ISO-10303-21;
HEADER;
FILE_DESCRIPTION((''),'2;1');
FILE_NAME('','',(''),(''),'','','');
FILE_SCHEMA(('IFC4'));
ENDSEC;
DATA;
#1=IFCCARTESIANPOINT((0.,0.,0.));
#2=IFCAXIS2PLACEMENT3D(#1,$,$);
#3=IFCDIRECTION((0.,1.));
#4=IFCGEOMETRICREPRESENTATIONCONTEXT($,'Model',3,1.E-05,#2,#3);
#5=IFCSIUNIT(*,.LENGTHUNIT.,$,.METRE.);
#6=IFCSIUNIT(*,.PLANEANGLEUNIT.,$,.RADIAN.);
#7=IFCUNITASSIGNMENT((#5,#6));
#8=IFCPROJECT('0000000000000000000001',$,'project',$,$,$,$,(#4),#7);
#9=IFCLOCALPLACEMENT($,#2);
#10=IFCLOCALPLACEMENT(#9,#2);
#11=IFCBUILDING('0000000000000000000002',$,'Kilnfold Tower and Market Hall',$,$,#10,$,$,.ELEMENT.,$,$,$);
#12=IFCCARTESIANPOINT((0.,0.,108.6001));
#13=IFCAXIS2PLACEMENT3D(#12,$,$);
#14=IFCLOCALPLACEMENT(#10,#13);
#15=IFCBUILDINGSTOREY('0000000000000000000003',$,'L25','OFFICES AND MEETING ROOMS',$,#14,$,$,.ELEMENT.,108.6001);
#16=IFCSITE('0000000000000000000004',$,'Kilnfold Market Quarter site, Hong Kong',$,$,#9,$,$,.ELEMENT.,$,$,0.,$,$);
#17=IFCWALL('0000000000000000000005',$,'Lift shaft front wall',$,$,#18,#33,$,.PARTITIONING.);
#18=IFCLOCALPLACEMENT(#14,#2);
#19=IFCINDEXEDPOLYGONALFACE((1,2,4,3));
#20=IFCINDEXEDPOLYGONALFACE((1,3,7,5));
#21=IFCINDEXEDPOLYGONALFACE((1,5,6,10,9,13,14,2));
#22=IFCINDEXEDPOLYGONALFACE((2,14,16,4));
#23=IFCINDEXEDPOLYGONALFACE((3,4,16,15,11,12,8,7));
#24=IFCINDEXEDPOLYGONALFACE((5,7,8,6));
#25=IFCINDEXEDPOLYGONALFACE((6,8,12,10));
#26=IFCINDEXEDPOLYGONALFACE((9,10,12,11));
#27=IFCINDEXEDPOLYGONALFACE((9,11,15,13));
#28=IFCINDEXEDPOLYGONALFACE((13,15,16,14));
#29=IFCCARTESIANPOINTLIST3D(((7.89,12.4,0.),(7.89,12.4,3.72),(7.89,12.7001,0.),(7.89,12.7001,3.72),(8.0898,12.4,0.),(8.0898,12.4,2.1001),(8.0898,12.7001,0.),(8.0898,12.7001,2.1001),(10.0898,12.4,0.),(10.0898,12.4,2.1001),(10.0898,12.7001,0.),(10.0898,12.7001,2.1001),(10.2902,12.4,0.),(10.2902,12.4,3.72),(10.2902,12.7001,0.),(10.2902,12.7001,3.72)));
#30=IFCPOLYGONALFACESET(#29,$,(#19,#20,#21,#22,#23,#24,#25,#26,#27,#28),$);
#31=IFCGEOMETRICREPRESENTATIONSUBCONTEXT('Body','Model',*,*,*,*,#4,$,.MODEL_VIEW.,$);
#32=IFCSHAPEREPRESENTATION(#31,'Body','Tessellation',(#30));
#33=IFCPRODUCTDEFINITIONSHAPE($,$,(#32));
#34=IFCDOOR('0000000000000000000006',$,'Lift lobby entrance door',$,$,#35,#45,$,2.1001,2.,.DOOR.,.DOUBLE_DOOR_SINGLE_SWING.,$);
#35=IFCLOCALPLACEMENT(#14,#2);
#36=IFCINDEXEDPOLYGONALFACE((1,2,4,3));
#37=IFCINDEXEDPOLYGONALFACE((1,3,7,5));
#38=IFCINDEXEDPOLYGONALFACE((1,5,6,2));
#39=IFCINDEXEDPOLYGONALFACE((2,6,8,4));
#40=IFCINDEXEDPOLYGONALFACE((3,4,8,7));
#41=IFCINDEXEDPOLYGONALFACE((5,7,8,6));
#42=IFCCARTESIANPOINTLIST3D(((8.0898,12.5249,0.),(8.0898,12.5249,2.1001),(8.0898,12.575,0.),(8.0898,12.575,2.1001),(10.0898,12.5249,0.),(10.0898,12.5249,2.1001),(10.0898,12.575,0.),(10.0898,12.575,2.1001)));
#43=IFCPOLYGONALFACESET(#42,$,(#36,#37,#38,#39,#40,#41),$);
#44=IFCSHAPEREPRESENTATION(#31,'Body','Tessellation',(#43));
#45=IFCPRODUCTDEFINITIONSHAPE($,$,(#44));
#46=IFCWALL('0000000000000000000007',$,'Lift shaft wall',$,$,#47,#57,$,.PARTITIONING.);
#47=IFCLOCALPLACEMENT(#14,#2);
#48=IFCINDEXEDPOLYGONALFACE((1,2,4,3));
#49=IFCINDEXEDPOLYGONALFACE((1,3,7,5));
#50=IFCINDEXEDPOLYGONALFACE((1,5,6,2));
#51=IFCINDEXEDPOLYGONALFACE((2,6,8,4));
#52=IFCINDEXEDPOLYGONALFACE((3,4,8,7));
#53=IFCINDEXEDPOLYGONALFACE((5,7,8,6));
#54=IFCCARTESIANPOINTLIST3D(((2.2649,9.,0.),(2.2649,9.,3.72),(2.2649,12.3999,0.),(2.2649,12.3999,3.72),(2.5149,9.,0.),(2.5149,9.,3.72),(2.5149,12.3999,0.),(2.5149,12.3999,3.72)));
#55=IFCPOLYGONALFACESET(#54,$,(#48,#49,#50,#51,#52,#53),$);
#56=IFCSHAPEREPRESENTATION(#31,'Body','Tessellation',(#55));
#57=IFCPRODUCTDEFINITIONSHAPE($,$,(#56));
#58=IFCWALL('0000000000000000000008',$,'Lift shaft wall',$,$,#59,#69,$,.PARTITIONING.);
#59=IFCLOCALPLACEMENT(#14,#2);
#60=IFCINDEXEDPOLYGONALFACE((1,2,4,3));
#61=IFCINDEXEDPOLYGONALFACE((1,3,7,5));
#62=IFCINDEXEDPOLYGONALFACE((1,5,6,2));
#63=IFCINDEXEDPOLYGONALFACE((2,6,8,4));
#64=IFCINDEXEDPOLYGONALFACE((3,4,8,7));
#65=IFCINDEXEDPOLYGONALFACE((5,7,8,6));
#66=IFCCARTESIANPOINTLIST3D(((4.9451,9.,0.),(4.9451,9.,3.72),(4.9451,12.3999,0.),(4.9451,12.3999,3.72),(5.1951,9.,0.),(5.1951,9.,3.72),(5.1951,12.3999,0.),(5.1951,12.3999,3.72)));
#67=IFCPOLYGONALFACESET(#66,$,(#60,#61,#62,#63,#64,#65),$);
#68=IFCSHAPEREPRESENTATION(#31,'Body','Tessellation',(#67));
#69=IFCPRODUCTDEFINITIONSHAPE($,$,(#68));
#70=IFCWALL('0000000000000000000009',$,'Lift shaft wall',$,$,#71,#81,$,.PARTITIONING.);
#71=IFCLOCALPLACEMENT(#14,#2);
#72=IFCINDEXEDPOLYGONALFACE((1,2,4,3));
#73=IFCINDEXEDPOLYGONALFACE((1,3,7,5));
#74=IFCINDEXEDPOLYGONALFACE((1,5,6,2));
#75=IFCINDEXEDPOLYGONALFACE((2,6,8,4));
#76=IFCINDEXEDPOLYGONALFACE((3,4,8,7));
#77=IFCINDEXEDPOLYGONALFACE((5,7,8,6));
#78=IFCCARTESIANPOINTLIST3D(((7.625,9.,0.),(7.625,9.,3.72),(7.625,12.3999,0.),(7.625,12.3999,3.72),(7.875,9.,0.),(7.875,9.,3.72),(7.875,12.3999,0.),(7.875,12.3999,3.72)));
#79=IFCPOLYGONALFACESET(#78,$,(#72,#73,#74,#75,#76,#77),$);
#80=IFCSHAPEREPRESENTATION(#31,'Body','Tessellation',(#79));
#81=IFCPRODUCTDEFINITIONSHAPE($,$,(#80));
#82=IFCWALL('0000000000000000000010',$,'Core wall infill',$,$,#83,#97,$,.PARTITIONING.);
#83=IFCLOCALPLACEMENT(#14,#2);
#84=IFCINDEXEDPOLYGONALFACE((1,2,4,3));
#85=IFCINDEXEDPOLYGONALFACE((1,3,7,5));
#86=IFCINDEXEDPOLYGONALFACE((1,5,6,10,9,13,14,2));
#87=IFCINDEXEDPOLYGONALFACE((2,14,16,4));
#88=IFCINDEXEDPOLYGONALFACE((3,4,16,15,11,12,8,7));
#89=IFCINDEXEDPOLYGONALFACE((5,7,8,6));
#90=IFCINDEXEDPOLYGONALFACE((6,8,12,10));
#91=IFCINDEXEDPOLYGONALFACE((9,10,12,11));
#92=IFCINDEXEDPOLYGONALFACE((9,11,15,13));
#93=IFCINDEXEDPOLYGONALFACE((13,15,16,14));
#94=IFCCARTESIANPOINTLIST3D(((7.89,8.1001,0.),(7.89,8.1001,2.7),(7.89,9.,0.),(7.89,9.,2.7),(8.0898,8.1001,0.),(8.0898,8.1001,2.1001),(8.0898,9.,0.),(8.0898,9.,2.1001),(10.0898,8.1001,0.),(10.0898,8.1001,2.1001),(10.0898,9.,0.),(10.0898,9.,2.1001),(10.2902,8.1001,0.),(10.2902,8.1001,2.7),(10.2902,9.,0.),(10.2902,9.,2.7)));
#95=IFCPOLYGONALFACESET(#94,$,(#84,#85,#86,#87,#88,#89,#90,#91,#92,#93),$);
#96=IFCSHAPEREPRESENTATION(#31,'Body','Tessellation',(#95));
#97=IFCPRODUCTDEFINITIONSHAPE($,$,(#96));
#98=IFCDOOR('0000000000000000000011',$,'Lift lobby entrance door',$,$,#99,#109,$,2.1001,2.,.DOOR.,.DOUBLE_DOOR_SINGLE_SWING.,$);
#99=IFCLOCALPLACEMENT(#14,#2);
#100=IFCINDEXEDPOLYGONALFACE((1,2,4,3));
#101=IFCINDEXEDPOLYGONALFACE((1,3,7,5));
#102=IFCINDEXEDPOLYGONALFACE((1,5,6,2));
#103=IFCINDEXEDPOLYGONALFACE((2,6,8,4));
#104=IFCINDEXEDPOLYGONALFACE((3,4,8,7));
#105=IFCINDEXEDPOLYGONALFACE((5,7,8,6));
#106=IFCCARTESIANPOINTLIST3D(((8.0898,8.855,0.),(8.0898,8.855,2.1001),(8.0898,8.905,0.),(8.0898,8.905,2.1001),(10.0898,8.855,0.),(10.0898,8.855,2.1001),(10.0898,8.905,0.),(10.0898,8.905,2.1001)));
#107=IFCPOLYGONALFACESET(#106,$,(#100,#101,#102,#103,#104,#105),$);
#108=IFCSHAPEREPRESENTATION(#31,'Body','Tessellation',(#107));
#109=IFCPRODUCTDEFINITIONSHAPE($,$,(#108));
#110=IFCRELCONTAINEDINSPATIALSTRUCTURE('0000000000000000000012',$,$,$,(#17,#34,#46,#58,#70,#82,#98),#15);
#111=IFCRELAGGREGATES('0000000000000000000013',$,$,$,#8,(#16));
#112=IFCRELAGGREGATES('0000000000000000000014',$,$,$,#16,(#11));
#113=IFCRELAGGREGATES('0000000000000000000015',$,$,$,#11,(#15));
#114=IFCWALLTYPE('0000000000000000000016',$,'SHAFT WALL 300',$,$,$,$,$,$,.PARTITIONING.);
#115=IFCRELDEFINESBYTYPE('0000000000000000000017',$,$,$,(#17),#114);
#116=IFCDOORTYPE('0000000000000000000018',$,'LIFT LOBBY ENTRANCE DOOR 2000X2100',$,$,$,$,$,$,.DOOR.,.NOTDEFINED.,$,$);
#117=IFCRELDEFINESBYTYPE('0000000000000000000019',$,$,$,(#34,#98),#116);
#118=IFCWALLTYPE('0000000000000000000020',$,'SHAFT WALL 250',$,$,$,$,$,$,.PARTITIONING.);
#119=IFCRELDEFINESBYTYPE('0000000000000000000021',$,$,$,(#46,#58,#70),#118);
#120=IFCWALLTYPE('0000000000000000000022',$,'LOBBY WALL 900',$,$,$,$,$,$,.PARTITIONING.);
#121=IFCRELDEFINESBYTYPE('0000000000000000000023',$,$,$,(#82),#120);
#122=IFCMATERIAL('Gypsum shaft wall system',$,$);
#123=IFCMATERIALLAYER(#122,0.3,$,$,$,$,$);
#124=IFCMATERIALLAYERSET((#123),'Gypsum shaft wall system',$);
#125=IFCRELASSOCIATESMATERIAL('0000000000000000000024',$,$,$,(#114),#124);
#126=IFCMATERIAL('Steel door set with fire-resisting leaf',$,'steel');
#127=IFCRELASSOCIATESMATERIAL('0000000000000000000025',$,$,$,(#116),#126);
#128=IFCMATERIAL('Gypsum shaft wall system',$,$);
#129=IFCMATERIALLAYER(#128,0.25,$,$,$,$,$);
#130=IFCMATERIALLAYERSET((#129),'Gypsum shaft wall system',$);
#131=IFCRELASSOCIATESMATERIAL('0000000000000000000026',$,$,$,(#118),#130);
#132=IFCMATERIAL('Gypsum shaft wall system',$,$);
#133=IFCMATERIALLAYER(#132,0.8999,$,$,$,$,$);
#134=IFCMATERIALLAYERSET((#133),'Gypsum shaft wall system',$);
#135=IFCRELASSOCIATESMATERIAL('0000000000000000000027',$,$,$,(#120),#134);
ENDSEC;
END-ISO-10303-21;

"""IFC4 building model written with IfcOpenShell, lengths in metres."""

from ifc_helpers import new_model, si_unit, direction, frame, frame_2d, origin, place, context, subcontext, project, spatial, rectangle, extrude, source, transform, mapped, material, layer, layer_set, type_object, element, fill, save


model = new_model("IFC4")

# Units and contexts
model_context = context("Model", 3, precision=1e-05, world=origin(), true_north=direction((0.0, 1.0)))
body_context = subcontext(model_context, "Body", "Model", "MODEL_VIEW")
ifc_project = project(units=[si_unit("LENGTHUNIT", "METRE"), si_unit("PLANEANGLEUNIT", "RADIAN")], contexts=[model_context])

# Site, building, storey
site_placement = place(None, origin())
site = spatial("IfcSite", under=ifc_project, at=site_placement, Name="Kilnfold Market Quarter site, Hong Kong", CompositionType="ELEMENT", RefElevation=0.0)
building_placement = place(site_placement, origin())
building = spatial("IfcBuilding", under=site, at=building_placement, Name="Kilnfold Tower and Market Hall", CompositionType="ELEMENT")
storey_placement = place(building_placement, frame((0.0, 0.0, 108.6001)))
storey = spatial("IfcBuildingStorey", under=building, at=storey_placement, Name="L25", Description="OFFICES AND MEETING ROOMS", CompositionType="ELEMENT", Elevation=108.6001)

# Shared definitions
ifc_material_1 = material(Name="Gypsum shaft wall system")
ifc_layer_1 = layer(ifc_material_1, 0.3)
ifc_layer_set_1 = layer_set([ifc_layer_1], Name="Gypsum shaft wall system")
wall_type_1 = type_object("IfcWallType", Name="SHAFT WALL 300", PredefinedType="PARTITIONING", material=ifc_layer_set_1)

# Wall, opening, door
shared_shape_1 = source(origin(), body_context, "Body", "SweptSolid", [
    extrude(rectangle(XDim=2.4001, YDim=0.3, at=frame_2d((1.2002, 0.0))), origin(), (0.0, 0.0, 1.0), 3.72),
])
wall_1_placement = place(storey_placement, frame((7.8899, 12.55, 0.0), z_axis=(0.0, 0.0, 1.0), x_axis=(1.0, 0.0, 0.0)))
wall_1 = element("IfcWall", 1, at=wall_1_placement, inside=storey, type_object=wall_type_1, Name="Lift shaft front wall", PredefinedType="PARTITIONING", context=body_context, shape_type="MappedRepresentation", body=[
    mapped(shared_shape_1, transform((0.0, 0.0, 0.0))),
])
opening_1_placement = place(wall_1_placement, frame((0.2, 0.0, 0.0)))
opening_1 = element("IfcOpeningElement", 2, at=opening_1_placement, cuts=wall_1, PredefinedType="OPENING", context=body_context, shape_type="SweptSolid", body=[
    extrude(rectangle(XDim=2.0, YDim=2.1001, at=frame_2d((1.0, 1.05))), frame((0.0, 0.1602, 0.0), z_axis=(0.0, -1.0, 0.0), x_axis=(1.0, 0.0, 0.0)), (0.0, 0.0, 1.0), 0.3201),
])
ifc_material_2 = material(Name="Steel door set with fire-resisting leaf", Category="steel")
door_type_1 = type_object("IfcDoorType", Name="LIFT LOBBY ENTRANCE DOOR 2000X2100", OperationType="NOTDEFINED", PredefinedType="DOOR", material=ifc_material_2)
door_1_placement = place(opening_1_placement, origin())
door_1 = element("IfcDoor", 3, at=door_1_placement, inside=storey, type_object=door_type_1, Name="Lift lobby entrance door", OperationType="DOUBLE_DOOR_SINGLE_SWING", OverallHeight=2.1001, OverallWidth=2.0, PredefinedType="DOOR", context=body_context, shape_type="SweptSolid", body=[
    extrude(rectangle(XDim=2.0, YDim=2.1001, at=frame_2d((1.0, 1.05))), frame((0.0, 0.0249, 0.0), z_axis=(0.0, -1.0, 0.0), x_axis=(1.0, 0.0, 0.0)), (0.0, 0.0, 1.0), 0.05),
])
fill(opening_1, door_1)

# Walls
ifc_material_3 = material(Name="Gypsum shaft wall system")
ifc_layer_2 = layer(ifc_material_3, 0.25)
ifc_layer_set_2 = layer_set([ifc_layer_2], Name="Gypsum shaft wall system")
wall_type_2 = type_object("IfcWallType", Name="SHAFT WALL 250", PredefinedType="PARTITIONING", material=ifc_layer_set_2)
shared_shape_2 = source(origin(), body_context, "Body", "SweptSolid", [
    extrude(rectangle(XDim=3.3999, YDim=0.25, at=frame_2d((1.7, 0.0))), origin(), (0.0, 0.0, 1.0), 3.72),
])
for number, where, z_axis, x_axis, name in (
    (4, (2.3899, 9.0, 0.0), (0.0, 0.0, 1.0), (0.0, 1.0, 0.0), "Lift shaft wall"),
    (5, (5.0701, 9.0, 0.0), (0.0, 0.0, 1.0), (0.0, 1.0, 0.0), "Lift shaft wall"),
    (6, (7.75, 9.0, 0.0), (0.0, 0.0, 1.0), (0.0, 1.0, 0.0), "Lift shaft wall"),
):
    element("IfcWall", number, at=place(storey_placement, frame(where, z_axis=z_axis, x_axis=x_axis)), inside=storey, type_object=wall_type_2, Name=name, PredefinedType="PARTITIONING", context=body_context, shape_type="MappedRepresentation", body=[
        mapped(shared_shape_2, transform((0.0, 0.0, 0.0))),
    ])

# Wall, opening, door
ifc_material_4 = material(Name="Gypsum shaft wall system")
ifc_layer_3 = layer(ifc_material_4, 0.8999)
ifc_layer_set_3 = layer_set([ifc_layer_3], Name="Gypsum shaft wall system")
wall_type_3 = type_object("IfcWallType", Name="LOBBY WALL 900", PredefinedType="PARTITIONING", material=ifc_layer_set_3)
shared_shape_3 = source(origin(), body_context, "Body", "SweptSolid", [
    extrude(rectangle(XDim=2.4001, YDim=0.8999, at=frame_2d((1.2002, 0.0))), origin(), (0.0, 0.0, 1.0), 2.7),
])
wall_2_placement = place(storey_placement, frame((7.8899, 8.55, 0.0), z_axis=(0.0, 0.0, 1.0), x_axis=(1.0, 0.0, 0.0)))
wall_2 = element("IfcWall", 7, at=wall_2_placement, inside=storey, type_object=wall_type_3, Name="Core wall infill", PredefinedType="PARTITIONING", context=body_context, shape_type="MappedRepresentation", body=[
    mapped(shared_shape_3, transform((0.0, 0.0, 0.0))),
])
opening_2_placement = place(wall_2_placement, frame((0.2, 0.0, 0.0)))
opening_2 = element("IfcOpeningElement", 8, at=opening_2_placement, cuts=wall_2, PredefinedType="OPENING", context=body_context, shape_type="SweptSolid", body=[
    extrude(rectangle(XDim=2.0, YDim=2.1001, at=frame_2d((1.0, 1.05))), frame((0.0, 0.46, 0.0), z_axis=(0.0, -1.0, 0.0), x_axis=(1.0, 0.0, 0.0)), (0.0, 0.0, 1.0), 0.9199),
])
door_2_placement = place(opening_2_placement, origin())
door_2 = element("IfcDoor", 9, at=door_2_placement, inside=storey, type_object=door_type_1, Name="Lift lobby entrance door", OperationType="DOUBLE_DOOR_SINGLE_SWING", OverallHeight=2.1001, OverallWidth=2.0, PredefinedType="DOOR", context=body_context, shape_type="SweptSolid", body=[
    extrude(rectangle(XDim=2.0, YDim=2.1001, at=frame_2d((1.0, 1.05))), frame((0.0, 0.355, 0.0), z_axis=(0.0, -1.0, 0.0), x_axis=(1.0, 0.0, 0.0)), (0.0, 0.0, 1.0), 0.05),
])
fill(opening_2, door_2)

save(model, "model.ifc")
